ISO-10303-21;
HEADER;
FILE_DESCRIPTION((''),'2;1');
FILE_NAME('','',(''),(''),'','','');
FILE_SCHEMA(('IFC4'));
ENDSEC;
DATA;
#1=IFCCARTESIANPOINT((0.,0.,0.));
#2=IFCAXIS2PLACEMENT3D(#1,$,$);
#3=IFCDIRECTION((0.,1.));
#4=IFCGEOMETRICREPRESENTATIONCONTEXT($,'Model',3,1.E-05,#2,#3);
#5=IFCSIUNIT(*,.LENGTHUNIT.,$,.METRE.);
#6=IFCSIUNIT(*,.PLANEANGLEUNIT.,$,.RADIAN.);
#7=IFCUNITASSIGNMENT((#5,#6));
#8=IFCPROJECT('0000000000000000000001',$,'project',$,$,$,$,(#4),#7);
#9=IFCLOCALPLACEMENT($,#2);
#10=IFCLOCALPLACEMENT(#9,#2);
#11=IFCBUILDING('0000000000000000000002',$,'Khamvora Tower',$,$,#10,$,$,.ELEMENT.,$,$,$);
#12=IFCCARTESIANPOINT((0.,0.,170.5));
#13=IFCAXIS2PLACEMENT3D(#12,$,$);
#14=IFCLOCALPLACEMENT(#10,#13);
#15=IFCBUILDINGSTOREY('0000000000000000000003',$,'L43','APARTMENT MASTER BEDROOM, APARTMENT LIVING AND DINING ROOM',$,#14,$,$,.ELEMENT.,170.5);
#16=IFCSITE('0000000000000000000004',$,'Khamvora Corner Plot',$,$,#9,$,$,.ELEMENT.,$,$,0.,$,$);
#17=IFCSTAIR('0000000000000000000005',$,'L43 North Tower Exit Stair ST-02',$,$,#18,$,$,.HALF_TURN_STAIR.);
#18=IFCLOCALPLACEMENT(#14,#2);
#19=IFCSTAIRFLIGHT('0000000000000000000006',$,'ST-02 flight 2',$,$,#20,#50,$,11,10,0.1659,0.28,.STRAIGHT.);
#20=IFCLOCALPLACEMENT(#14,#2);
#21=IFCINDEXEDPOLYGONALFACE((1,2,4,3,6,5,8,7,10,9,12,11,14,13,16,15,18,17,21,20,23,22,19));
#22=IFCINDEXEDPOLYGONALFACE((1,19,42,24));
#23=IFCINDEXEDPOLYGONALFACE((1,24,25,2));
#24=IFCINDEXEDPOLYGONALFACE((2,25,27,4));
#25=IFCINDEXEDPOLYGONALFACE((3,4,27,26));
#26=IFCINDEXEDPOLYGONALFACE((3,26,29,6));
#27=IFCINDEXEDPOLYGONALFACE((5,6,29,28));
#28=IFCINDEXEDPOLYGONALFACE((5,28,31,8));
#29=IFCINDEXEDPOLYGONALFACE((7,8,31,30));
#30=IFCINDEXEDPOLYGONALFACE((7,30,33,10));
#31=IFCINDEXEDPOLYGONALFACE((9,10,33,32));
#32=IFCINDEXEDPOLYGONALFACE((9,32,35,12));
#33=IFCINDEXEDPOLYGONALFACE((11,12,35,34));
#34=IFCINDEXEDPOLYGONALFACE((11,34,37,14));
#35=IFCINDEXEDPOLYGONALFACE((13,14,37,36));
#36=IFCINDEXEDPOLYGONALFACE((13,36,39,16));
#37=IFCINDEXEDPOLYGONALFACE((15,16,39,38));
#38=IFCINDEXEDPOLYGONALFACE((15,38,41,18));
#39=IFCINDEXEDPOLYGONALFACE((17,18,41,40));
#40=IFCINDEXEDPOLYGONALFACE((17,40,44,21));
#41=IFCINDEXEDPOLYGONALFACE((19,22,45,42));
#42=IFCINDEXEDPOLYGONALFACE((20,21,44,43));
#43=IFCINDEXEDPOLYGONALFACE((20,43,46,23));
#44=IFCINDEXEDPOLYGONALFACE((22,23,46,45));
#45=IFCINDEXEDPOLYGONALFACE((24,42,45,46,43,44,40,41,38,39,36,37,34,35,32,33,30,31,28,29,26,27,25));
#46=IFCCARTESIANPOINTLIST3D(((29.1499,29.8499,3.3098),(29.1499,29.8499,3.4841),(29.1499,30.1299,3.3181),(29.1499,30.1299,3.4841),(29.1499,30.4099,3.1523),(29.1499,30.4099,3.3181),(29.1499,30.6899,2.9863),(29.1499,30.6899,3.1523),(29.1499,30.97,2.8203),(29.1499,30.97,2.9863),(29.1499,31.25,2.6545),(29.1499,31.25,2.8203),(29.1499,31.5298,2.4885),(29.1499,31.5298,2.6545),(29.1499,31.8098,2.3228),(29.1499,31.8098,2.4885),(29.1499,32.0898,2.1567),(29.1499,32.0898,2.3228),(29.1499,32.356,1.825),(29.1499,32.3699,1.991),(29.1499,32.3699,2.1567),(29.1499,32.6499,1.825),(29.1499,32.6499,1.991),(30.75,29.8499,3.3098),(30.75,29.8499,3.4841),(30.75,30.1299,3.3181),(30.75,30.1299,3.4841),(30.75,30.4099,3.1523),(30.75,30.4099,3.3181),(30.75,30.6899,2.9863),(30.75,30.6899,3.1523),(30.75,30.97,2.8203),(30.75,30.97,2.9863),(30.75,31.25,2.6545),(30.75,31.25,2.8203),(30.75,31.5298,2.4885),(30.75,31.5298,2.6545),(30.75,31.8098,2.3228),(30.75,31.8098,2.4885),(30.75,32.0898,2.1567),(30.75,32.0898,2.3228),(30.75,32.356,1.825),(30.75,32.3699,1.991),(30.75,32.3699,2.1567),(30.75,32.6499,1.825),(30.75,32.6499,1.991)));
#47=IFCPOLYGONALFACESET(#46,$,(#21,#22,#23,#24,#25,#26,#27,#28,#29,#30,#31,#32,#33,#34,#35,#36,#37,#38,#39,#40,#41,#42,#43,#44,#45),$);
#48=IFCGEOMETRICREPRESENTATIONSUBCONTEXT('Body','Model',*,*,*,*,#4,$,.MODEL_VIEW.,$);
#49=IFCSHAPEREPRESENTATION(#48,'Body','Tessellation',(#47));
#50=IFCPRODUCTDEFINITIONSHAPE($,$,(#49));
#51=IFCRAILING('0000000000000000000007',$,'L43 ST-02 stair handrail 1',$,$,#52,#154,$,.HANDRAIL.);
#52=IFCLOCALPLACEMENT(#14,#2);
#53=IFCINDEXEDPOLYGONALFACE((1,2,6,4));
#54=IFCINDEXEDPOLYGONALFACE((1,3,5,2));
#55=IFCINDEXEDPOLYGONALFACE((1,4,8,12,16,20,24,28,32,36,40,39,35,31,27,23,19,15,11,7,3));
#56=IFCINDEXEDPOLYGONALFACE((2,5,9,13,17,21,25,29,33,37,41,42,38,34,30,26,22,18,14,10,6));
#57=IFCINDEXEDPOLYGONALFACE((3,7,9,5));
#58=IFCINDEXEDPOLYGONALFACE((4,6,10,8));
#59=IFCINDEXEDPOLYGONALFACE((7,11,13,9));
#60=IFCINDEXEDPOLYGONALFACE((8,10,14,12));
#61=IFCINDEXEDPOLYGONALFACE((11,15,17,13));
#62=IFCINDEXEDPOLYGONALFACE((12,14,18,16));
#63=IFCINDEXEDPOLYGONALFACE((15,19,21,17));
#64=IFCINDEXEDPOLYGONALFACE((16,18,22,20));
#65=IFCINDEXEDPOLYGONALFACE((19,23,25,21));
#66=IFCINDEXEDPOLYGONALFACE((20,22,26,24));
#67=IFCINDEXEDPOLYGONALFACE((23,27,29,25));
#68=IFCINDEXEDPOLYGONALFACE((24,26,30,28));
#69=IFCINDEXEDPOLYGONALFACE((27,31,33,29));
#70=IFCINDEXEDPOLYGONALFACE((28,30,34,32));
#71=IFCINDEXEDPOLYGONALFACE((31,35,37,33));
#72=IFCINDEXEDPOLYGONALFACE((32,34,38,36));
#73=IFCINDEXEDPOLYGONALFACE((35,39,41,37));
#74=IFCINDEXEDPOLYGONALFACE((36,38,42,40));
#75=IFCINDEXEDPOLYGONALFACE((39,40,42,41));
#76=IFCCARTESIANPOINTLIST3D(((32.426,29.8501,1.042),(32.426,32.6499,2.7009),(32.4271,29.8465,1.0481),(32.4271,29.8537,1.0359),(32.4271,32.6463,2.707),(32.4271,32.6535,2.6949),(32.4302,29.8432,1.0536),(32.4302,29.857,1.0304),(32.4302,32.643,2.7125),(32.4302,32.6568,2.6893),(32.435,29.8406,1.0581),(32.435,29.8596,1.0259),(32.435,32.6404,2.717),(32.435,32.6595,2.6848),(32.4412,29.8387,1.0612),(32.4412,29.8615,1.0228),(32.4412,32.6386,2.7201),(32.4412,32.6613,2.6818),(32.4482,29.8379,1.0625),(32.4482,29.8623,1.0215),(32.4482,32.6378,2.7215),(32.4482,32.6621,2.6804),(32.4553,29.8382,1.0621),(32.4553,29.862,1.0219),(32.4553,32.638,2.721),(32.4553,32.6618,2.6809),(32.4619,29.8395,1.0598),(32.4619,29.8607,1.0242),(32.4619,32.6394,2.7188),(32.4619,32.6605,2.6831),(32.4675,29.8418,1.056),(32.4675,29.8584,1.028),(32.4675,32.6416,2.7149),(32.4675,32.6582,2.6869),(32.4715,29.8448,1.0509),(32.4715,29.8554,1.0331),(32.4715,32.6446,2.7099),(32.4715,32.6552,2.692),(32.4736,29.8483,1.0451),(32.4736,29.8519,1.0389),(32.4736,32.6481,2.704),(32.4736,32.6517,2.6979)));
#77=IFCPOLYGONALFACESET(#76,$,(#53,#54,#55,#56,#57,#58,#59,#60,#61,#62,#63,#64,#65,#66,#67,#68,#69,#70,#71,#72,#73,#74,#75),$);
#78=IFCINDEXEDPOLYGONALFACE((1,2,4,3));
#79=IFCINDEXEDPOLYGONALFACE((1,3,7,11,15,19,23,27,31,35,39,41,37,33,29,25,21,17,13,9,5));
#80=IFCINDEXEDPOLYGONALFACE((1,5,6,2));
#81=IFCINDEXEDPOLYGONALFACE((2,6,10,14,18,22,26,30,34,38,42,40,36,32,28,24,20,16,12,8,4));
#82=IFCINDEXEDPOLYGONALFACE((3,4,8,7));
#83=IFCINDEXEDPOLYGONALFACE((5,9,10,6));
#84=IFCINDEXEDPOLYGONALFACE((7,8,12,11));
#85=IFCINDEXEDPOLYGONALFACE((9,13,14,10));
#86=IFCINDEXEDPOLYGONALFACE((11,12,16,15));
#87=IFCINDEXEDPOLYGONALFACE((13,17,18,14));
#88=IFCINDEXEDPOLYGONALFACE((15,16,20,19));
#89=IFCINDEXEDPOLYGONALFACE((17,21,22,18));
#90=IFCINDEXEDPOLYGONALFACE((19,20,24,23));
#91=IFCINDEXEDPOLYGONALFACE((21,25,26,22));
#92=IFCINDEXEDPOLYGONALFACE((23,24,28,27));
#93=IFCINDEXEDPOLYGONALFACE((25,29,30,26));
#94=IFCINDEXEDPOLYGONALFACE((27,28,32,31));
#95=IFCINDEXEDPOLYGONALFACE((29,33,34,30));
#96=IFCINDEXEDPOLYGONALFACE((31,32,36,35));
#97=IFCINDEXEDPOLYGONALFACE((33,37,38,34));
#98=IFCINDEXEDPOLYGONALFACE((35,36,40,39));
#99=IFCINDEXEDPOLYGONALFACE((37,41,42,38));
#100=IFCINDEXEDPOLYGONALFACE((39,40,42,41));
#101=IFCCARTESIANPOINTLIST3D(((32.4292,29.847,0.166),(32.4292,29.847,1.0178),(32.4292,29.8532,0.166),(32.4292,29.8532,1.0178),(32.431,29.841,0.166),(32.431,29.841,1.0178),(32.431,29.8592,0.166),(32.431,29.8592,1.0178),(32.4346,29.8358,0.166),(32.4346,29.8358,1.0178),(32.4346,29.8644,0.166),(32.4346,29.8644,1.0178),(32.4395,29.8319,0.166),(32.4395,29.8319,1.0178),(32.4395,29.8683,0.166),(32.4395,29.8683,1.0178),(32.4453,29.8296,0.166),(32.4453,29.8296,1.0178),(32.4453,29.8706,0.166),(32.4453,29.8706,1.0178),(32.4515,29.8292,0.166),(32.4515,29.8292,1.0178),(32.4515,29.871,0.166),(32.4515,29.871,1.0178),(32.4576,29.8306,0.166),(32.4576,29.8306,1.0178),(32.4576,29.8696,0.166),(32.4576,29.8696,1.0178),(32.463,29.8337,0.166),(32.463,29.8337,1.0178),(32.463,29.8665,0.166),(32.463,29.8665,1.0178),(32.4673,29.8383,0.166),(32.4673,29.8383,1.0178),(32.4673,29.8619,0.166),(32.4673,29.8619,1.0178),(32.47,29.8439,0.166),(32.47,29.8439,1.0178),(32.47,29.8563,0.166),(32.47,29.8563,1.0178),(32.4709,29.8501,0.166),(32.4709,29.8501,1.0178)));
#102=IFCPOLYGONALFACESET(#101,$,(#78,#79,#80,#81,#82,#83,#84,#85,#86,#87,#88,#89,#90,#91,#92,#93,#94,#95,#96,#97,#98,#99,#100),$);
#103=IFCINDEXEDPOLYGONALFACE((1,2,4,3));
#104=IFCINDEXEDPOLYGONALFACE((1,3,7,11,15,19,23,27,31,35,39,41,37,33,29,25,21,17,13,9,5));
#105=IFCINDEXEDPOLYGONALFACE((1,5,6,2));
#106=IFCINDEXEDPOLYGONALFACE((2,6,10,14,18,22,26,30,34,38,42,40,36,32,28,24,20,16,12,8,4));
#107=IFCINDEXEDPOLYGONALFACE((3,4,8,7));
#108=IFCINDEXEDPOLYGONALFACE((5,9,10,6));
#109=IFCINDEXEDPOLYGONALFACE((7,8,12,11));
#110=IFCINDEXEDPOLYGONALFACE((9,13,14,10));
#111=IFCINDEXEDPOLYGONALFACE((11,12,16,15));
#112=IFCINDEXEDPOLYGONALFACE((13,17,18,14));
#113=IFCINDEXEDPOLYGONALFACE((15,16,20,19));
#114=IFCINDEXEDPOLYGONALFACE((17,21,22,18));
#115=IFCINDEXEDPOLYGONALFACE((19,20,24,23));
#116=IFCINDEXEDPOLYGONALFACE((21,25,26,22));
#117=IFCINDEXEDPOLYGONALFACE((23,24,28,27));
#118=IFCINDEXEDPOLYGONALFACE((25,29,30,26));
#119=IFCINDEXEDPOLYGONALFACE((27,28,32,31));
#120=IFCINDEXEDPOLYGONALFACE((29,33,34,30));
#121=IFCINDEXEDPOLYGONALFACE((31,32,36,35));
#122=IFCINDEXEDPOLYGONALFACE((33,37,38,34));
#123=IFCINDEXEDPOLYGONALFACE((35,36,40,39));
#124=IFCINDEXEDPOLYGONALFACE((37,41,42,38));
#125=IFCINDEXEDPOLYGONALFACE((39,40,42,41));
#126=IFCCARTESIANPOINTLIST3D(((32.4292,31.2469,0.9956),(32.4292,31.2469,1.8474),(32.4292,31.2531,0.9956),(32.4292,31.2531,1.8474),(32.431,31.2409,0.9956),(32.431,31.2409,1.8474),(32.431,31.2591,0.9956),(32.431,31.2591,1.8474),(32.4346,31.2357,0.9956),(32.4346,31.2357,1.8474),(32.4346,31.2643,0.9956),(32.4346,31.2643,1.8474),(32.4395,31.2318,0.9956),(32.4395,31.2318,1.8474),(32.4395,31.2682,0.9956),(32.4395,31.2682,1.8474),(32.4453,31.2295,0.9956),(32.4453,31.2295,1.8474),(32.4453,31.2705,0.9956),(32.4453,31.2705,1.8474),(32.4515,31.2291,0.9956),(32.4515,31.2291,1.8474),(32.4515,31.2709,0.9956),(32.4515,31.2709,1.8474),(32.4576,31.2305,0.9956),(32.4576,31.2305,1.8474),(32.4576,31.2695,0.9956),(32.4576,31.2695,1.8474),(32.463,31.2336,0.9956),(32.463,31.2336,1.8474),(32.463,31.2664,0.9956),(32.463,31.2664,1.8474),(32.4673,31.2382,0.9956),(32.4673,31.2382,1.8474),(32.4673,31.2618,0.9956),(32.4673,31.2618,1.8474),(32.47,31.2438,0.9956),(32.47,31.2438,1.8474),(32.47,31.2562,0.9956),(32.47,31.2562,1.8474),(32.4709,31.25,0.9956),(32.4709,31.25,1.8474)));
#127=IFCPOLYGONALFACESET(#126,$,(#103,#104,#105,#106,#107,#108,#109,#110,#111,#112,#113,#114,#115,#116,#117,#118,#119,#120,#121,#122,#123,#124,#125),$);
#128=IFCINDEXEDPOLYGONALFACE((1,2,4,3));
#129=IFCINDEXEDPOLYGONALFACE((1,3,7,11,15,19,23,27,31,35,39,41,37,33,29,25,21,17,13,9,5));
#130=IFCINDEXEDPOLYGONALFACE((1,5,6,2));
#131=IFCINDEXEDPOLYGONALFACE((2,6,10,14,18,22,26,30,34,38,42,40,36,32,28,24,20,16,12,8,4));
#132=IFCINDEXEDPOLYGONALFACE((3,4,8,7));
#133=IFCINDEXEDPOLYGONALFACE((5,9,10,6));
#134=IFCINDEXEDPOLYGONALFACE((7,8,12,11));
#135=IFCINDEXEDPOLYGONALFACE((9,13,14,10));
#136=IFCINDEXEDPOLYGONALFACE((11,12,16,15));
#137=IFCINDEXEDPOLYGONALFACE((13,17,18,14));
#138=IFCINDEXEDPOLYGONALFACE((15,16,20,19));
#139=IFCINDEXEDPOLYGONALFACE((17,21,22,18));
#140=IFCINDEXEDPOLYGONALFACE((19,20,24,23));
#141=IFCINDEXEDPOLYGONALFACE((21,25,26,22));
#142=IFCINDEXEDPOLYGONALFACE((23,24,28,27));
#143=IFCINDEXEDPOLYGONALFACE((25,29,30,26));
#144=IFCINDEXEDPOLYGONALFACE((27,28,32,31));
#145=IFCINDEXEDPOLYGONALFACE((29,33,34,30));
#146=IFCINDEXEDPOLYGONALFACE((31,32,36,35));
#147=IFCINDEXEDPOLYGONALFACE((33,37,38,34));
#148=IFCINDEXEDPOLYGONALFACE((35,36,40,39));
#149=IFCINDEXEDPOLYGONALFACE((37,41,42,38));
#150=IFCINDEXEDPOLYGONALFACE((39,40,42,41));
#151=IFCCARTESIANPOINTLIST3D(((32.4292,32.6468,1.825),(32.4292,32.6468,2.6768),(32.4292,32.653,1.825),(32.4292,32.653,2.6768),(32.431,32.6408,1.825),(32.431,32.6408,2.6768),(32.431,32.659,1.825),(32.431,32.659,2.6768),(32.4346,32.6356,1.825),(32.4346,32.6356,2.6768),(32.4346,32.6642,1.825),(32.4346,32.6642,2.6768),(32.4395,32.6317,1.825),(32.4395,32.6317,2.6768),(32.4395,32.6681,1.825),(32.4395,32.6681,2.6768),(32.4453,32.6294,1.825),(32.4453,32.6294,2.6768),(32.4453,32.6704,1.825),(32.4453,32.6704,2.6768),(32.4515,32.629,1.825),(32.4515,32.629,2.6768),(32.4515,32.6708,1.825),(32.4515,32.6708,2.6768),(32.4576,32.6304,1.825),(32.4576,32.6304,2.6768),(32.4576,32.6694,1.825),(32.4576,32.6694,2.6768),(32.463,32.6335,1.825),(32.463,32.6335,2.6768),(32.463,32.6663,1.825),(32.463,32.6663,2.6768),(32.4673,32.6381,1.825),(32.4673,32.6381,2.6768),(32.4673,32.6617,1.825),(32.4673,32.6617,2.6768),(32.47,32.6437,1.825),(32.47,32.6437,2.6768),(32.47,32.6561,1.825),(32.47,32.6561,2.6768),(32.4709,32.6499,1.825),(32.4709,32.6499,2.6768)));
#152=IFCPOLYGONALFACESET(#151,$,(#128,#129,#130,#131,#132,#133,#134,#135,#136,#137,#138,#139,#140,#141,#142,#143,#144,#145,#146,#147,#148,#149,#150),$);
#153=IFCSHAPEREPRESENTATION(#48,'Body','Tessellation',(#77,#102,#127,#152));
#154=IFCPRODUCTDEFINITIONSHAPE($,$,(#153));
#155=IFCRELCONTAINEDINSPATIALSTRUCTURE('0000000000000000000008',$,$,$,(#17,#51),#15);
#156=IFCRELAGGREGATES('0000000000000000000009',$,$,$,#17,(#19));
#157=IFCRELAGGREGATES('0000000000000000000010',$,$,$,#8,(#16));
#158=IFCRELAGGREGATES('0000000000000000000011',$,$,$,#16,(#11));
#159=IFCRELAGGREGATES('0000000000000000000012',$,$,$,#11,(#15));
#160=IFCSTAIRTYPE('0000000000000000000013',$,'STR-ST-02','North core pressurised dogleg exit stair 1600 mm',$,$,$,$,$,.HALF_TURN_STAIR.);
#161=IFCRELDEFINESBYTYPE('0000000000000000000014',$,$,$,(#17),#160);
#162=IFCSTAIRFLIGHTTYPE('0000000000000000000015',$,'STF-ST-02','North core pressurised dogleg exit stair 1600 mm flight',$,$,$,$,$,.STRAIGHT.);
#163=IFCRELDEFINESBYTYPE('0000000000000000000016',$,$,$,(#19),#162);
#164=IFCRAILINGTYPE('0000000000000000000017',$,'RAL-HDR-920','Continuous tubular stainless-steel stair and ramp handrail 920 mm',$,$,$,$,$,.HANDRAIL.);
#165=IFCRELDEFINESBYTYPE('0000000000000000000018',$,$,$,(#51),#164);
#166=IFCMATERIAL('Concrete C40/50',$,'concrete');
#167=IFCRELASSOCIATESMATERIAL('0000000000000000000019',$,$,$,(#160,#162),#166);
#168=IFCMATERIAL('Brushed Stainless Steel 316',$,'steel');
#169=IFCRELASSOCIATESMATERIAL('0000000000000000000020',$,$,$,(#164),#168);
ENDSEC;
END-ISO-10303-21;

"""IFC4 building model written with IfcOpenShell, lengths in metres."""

from ifc_helpers import new_model, si_unit, direction, frame, origin, origin_2d, place, context, subcontext, project, spatial, polyline, circle, outline, extrude, material, type_object, element, aggregate, save


model = new_model("IFC4")

# Units and contexts
model_context = context("Model", 3, precision=1e-05, world=origin(), true_north=direction((0.0, 1.0)))
body_context = subcontext(model_context, "Body", "Model", "MODEL_VIEW")
ifc_project = project(units=[si_unit("LENGTHUNIT", "METRE"), si_unit("PLANEANGLEUNIT", "RADIAN")], contexts=[model_context])

# Site, building, storey
site_placement = place(None, origin())
site = spatial("IfcSite", under=ifc_project, at=site_placement, Name="Khamvora Corner Plot", CompositionType="ELEMENT", RefElevation=0.0)
building_placement = place(site_placement, origin())
building = spatial("IfcBuilding", under=site, at=building_placement, Name="Khamvora Tower", CompositionType="ELEMENT")
storey_placement = place(building_placement, frame((0.0, 0.0, 170.5)))
storey = spatial("IfcBuildingStorey", under=building, at=storey_placement, Name="L43", Description="APARTMENT MASTER BEDROOM, APARTMENT LIVING AND DINING ROOM", CompositionType="ELEMENT", Elevation=170.5)

# Stair, stair flight
ifc_material_1 = material(Name="Concrete C40/50", Category="concrete")
stair_type = type_object("IfcStairType", Name="STR-ST-02", Description="North core pressurised dogleg exit stair 1600 mm", PredefinedType="HALF_TURN_STAIR", material=ifc_material_1)
stair_placement = place(storey_placement, origin())
stair = element("IfcStair", 1, at=stair_placement, inside=storey, type_object=stair_type, Name="L43 North Tower Exit Stair ST-02", PredefinedType="HALF_TURN_STAIR")
stair_flight_type = type_object("IfcStairFlightType", Name="STF-ST-02", Description="North core pressurised dogleg exit stair 1600 mm flight", PredefinedType="STRAIGHT", material=ifc_material_1)
stair_flight_1_placement = place(storey_placement, frame((29.95, 32.6499, 1.825), z_axis=(0.0, 0.0, 1.0), x_axis=(0.0, -1.0, 0.0)))
stair_flight_1 = element("IfcStairFlight", 2, at=stair_flight_1_placement, type_object=stair_flight_type, Name="ST-02 flight 2", NumberOfRisers=11, NumberOfTreads=10, PredefinedType="STRAIGHT", RiserHeight=0.1659, TreadLength=0.28, context=body_context, shape_type="SweptSolid", body=[
    extrude(outline(polyline([(0.0, 0.0), (0.0, 0.166), (0.28, 0.166), (0.28, 0.3318), (0.5601, 0.3318), (0.5601, 0.4978), (0.8401, 0.4978), (0.8401, 0.6636), (1.1201, 0.6636), (1.1201, 0.8296), (1.3999, 0.8296), (1.3999, 0.9954), (1.6799, 0.9954), (1.6799, 1.1614), (1.96, 1.1614), (1.96, 1.3274), (2.24, 1.3274), (2.24, 1.4932), (2.52, 1.4932), (2.52, 1.6592), (2.8, 1.6592), (2.8, 1.825), (2.8, 1.4849), (0.2939, 0.0), (0.0, 0.0)])), frame((0.0, 0.8, 0.0), z_axis=(0.0, -1.0, 0.0), x_axis=(1.0, 0.0, 0.0)), (0.0, 0.0, 1.0), 1.6001),
])
aggregate(stair, [stair_flight_1])

# Railing
ifc_material_2 = material(Name="Brushed Stainless Steel 316", Category="steel")
railing_type_1 = type_object("IfcRailingType", Name="RAL-HDR-920", Description="Continuous tubular stainless-steel stair and ramp handrail 920 mm", PredefinedType="HANDRAIL", material=ifc_material_2)
railing_1_placement = place(storey_placement, frame((32.45, 29.8501, 0.166)))
element("IfcRailing", 3, at=railing_1_placement, inside=storey, type_object=railing_type_1, Name="L43 ST-02 stair handrail 1", PredefinedType="HANDRAIL", context=body_context, shape_type="SweptSolid", body=[
    extrude(circle(Radius=0.0239, at=origin_2d()), frame((0.0, 0.0, 0.876), z_axis=(0.0, 0.86032, 0.509755), x_axis=(-1.0, 0.0, 0.0)), (0.0, 0.0, 1.0), 3.2544),
    extrude(circle(Radius=0.021, at=origin_2d()), origin(), (0.0, 0.0, 1.0), 0.8518),
    extrude(circle(Radius=0.021, at=origin_2d()), frame((0.0, 1.3999, 0.8296)), (0.0, 0.0, 1.0), 0.8518),
    extrude(circle(Radius=0.021, at=origin_2d()), frame((0.0, 2.7998, 1.6589)), (0.0, 0.0, 1.0), 0.8518),
])

save(model, "model.ifc")
